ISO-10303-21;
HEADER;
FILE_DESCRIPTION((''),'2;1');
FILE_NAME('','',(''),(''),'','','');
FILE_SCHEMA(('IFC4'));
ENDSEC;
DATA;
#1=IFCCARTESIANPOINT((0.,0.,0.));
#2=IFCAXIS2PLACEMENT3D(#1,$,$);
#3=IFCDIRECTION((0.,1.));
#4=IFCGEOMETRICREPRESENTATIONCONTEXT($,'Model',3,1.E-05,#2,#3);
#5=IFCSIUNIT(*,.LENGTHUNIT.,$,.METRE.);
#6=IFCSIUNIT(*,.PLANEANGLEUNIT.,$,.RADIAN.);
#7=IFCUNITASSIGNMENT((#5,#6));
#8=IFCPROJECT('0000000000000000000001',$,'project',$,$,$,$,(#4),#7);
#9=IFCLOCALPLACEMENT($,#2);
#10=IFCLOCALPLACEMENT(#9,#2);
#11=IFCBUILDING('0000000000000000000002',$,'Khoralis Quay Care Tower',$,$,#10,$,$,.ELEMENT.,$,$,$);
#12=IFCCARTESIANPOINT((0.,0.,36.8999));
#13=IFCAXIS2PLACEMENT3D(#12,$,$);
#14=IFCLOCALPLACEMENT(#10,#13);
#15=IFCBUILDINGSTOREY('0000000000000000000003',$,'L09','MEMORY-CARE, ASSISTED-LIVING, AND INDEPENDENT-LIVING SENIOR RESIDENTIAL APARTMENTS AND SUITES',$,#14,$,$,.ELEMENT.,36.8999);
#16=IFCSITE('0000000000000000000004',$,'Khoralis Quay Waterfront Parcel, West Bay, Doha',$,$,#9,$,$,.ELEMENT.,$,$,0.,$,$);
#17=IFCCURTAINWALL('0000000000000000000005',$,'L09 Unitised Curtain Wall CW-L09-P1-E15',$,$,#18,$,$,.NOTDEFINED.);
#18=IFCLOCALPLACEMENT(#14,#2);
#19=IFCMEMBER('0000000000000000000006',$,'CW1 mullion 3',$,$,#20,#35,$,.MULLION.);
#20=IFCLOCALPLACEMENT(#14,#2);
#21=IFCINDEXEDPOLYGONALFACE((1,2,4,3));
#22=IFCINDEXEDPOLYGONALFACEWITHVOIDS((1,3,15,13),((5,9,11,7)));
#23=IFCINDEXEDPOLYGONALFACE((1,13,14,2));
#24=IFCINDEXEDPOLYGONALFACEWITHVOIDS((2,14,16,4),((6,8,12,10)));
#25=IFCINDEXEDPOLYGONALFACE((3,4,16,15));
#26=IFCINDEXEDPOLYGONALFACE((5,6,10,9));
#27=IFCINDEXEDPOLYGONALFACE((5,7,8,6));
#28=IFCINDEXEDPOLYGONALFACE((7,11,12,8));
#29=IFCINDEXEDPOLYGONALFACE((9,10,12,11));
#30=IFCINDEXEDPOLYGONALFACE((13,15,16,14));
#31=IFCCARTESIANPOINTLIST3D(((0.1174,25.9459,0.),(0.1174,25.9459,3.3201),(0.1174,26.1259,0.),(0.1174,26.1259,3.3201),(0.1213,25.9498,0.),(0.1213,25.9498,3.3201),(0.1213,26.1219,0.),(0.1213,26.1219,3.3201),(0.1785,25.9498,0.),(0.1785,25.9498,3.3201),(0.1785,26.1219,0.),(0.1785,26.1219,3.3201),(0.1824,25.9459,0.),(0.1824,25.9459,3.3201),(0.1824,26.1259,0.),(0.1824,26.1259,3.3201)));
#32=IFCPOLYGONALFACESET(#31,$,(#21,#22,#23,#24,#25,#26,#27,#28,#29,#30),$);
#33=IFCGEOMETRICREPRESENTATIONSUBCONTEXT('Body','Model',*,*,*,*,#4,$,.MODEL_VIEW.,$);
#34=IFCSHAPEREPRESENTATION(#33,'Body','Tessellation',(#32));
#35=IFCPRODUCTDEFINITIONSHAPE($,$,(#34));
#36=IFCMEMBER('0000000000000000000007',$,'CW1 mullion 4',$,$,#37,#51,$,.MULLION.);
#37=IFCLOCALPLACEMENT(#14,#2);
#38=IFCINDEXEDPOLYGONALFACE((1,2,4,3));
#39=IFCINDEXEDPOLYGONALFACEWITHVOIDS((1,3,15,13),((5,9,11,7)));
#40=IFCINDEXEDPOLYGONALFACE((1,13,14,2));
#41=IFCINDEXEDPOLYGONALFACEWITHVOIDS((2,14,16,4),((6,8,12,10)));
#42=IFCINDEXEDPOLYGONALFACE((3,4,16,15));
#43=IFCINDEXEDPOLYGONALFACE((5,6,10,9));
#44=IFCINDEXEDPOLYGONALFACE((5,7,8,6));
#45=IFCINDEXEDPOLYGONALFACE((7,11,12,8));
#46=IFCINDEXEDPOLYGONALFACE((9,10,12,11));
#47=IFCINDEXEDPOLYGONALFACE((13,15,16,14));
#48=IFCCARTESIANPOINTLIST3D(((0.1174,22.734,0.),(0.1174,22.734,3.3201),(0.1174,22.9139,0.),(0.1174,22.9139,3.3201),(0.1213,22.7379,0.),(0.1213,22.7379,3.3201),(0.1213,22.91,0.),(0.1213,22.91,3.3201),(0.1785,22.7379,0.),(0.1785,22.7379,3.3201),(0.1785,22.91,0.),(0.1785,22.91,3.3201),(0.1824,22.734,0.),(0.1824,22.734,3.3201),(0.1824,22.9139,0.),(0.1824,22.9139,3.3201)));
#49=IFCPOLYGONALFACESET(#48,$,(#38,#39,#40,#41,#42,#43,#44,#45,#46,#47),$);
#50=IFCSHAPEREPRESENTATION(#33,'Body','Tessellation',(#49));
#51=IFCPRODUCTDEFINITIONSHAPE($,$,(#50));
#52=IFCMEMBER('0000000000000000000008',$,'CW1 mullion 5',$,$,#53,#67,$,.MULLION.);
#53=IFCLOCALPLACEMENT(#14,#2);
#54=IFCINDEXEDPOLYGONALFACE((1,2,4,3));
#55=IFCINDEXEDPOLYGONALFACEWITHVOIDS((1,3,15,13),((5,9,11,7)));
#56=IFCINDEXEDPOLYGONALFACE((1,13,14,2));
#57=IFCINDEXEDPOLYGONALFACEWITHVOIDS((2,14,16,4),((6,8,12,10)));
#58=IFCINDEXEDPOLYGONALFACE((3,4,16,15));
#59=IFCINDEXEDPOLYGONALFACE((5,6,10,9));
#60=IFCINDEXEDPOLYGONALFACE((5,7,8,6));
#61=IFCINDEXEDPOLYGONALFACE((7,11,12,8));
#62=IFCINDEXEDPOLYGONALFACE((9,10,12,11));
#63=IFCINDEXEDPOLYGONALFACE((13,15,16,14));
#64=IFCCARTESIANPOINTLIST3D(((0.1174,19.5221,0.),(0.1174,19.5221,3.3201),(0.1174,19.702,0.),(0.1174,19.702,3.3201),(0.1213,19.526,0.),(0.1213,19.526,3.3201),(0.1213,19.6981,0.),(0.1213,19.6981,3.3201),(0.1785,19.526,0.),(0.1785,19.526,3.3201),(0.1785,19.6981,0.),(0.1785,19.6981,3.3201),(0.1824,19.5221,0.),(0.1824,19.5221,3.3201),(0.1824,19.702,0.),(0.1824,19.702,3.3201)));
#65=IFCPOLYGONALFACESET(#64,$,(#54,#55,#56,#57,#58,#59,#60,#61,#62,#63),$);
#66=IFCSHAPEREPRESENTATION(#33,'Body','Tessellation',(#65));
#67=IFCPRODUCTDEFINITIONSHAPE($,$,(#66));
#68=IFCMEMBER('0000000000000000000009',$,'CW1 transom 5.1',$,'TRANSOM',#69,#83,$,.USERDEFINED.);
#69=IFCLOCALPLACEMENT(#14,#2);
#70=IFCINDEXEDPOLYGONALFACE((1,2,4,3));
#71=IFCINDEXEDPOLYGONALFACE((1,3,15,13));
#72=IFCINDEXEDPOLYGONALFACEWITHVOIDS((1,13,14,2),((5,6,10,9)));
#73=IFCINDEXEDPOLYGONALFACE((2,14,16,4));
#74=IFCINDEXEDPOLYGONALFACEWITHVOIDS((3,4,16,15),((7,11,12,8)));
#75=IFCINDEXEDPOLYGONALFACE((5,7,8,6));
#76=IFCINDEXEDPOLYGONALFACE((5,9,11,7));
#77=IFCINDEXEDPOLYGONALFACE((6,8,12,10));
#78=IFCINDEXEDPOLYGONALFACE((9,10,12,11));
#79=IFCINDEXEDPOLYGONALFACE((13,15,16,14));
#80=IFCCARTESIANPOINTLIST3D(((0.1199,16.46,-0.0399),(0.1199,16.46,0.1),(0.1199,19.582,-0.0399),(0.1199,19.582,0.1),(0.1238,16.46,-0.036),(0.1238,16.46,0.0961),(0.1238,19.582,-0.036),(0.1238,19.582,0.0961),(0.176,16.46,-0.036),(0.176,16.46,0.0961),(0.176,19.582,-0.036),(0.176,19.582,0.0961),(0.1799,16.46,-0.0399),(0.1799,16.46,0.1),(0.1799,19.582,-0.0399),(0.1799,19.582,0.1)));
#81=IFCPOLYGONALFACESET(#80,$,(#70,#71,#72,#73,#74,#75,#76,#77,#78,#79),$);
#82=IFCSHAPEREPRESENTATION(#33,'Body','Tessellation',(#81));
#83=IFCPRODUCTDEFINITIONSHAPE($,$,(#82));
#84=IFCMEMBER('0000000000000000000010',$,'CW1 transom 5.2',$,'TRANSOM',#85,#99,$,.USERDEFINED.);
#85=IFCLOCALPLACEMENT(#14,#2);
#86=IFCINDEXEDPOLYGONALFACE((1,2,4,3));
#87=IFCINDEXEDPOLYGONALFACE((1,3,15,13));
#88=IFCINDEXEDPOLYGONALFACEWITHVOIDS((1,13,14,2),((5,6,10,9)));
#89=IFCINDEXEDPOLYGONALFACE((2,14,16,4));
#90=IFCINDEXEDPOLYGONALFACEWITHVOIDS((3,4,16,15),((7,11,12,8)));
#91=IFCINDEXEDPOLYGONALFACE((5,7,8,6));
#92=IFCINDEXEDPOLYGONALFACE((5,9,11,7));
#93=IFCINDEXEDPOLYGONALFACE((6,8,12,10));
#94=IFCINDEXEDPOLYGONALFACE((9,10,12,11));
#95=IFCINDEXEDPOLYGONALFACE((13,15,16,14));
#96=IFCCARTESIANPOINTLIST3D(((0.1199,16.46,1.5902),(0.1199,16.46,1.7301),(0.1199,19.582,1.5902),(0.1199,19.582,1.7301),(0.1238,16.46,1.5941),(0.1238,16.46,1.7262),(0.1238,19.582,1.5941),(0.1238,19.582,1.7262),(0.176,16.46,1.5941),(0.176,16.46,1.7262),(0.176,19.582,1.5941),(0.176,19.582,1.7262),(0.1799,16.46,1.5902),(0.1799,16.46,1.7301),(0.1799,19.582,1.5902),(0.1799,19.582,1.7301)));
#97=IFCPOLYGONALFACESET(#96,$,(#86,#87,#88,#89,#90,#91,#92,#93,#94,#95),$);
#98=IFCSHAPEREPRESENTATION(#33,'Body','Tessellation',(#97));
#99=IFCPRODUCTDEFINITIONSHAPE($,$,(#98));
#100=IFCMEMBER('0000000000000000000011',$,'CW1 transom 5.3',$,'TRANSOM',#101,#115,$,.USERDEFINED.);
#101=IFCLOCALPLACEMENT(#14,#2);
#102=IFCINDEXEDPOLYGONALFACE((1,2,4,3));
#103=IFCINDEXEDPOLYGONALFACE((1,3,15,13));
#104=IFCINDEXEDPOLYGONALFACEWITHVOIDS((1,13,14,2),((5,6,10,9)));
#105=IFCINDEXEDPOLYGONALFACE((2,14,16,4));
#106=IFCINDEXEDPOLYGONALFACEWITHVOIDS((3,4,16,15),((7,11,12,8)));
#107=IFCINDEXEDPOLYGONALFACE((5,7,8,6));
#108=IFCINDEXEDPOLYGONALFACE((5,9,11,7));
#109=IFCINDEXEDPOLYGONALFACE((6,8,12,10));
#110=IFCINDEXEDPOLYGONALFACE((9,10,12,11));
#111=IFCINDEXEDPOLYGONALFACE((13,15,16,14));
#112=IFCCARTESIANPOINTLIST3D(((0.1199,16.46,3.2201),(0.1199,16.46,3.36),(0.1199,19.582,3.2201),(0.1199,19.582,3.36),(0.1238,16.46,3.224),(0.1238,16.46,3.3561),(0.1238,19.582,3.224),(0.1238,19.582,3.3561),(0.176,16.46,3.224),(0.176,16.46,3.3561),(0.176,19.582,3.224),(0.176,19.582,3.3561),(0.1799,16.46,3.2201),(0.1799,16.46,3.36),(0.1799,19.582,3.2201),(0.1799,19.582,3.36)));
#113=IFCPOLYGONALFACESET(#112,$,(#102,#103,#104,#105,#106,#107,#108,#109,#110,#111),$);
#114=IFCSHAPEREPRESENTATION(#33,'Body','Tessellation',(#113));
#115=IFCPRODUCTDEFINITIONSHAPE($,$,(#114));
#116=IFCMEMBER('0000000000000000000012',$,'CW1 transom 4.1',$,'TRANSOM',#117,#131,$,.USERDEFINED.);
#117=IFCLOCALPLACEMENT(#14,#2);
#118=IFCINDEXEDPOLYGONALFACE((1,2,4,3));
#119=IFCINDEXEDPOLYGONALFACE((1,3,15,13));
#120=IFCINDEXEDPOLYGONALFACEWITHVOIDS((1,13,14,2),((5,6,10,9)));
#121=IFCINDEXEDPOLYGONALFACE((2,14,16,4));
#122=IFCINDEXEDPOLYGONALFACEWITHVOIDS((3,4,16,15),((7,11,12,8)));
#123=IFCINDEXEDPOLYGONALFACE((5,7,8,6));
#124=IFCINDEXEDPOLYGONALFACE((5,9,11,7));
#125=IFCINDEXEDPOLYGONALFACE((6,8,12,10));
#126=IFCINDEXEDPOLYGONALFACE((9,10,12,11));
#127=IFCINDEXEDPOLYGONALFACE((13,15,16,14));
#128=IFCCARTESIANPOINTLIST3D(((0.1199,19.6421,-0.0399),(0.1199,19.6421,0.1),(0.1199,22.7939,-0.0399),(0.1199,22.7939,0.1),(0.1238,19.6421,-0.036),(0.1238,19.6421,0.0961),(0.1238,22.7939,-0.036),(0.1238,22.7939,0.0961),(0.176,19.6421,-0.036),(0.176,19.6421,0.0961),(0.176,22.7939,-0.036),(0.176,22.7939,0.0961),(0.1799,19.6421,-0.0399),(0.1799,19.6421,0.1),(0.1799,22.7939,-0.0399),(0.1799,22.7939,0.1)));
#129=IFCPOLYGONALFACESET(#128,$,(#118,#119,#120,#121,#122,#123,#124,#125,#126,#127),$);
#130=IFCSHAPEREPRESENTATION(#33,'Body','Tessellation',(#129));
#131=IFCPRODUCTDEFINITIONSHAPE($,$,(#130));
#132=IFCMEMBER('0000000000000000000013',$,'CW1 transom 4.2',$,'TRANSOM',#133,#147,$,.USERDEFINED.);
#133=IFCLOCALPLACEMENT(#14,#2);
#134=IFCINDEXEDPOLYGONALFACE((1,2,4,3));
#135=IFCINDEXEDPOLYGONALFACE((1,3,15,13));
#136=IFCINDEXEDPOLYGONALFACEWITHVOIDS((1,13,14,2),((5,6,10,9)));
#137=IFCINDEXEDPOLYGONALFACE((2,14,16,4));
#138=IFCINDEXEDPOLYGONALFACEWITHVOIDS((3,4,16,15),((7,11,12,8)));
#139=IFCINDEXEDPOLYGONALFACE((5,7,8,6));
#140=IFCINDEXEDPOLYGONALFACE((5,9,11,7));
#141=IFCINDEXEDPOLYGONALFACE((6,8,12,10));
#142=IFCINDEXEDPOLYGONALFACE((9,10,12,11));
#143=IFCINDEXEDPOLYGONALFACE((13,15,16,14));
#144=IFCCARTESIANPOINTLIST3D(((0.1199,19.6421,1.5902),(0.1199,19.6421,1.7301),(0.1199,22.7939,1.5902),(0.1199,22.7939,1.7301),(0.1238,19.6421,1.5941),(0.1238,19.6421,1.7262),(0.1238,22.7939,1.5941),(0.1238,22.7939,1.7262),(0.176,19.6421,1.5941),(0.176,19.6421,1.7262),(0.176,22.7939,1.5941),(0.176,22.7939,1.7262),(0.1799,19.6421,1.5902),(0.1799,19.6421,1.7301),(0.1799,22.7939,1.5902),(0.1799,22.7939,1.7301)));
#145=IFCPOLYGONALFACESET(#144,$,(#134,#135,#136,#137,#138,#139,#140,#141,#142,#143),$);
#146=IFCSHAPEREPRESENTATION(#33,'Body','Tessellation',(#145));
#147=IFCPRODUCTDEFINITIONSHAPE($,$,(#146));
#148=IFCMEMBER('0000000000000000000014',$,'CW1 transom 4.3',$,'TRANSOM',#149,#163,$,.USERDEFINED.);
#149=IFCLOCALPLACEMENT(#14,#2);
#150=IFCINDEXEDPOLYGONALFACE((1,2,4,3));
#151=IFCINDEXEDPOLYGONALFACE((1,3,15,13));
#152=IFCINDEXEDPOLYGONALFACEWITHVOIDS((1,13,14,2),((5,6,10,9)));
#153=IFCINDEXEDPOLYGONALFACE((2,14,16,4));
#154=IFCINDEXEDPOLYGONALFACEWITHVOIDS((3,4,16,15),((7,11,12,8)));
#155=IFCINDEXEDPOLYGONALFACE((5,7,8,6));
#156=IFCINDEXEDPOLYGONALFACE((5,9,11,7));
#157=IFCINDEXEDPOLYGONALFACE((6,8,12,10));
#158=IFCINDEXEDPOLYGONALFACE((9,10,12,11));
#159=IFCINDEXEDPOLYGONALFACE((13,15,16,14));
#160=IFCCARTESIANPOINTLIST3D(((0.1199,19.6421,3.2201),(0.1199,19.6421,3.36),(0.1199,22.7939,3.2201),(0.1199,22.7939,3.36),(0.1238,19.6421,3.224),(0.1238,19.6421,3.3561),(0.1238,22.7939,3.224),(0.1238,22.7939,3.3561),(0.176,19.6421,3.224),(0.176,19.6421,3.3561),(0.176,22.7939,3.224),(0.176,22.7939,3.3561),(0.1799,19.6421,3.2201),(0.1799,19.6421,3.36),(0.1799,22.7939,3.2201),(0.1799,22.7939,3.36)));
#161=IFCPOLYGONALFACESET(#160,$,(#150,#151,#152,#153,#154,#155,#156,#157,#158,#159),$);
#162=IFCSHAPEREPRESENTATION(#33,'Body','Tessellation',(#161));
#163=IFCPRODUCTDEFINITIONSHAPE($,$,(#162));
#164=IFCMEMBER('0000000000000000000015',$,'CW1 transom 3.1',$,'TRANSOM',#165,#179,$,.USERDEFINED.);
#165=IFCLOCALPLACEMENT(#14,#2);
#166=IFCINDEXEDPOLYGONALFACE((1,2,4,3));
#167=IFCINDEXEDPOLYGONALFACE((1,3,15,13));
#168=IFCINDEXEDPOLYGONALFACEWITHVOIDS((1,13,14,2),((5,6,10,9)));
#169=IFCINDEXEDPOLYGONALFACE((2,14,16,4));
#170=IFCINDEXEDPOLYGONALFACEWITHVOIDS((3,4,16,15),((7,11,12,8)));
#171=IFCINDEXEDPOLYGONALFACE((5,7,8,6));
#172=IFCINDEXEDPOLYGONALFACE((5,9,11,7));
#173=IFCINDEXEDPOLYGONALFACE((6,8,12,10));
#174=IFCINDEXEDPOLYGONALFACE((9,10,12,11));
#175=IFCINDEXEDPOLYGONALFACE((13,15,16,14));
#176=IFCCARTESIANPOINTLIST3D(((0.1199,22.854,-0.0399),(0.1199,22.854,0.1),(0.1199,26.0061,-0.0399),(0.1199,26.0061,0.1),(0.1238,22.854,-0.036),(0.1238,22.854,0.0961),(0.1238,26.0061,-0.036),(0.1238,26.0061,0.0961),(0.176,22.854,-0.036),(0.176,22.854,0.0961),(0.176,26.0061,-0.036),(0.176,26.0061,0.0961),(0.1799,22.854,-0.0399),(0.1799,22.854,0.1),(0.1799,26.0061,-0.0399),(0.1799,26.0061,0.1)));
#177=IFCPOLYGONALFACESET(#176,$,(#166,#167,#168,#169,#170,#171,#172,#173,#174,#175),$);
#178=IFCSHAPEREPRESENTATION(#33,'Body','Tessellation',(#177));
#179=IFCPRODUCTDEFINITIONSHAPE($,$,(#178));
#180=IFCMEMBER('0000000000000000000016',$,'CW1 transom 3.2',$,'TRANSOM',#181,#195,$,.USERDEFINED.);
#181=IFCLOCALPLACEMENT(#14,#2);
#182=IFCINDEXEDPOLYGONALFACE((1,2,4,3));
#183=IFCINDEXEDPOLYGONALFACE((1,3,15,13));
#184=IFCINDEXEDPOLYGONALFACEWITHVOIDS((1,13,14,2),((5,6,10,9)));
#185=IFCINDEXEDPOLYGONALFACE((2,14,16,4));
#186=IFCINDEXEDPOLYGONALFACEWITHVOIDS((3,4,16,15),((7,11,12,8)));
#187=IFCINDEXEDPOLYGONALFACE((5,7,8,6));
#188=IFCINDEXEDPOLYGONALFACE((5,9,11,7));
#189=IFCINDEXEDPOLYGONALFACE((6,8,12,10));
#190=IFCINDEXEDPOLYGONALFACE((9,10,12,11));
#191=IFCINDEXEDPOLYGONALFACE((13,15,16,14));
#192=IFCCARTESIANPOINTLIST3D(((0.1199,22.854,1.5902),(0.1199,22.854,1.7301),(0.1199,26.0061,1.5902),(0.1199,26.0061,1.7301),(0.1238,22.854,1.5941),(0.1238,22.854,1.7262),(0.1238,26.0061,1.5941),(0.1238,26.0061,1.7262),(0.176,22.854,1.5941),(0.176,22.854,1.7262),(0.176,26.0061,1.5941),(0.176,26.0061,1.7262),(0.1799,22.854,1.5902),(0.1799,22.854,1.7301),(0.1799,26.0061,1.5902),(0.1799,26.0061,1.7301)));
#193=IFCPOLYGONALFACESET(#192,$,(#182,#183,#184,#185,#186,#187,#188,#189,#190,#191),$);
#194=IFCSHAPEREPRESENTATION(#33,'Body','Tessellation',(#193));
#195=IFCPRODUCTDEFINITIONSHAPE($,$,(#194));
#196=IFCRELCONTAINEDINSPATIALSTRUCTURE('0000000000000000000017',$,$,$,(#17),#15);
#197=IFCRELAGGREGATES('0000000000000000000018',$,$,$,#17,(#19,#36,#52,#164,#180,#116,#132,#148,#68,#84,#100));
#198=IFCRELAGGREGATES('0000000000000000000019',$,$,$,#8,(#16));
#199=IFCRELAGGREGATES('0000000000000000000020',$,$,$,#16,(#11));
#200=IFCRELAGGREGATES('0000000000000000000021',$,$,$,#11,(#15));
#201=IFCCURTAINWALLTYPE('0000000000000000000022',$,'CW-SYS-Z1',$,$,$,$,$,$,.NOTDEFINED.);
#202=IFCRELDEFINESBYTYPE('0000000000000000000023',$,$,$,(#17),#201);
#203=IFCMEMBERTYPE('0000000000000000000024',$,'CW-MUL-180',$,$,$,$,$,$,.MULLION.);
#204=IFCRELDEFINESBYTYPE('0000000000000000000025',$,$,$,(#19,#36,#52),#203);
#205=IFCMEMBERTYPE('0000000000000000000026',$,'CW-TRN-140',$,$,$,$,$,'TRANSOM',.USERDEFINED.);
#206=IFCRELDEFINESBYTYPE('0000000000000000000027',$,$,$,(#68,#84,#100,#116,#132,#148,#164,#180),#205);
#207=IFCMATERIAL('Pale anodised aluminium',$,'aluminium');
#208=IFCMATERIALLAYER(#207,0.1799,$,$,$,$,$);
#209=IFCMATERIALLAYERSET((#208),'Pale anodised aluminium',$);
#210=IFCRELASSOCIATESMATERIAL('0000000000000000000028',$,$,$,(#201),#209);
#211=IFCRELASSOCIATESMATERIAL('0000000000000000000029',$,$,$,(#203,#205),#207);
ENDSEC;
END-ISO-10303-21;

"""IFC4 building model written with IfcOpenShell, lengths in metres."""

from ifc_helpers import new_model, si_unit, direction, frame, origin, origin_2d, place, context, subcontext, project, spatial, hollow_rectangle, extrude, source, transform, mapped, material, layer, layer_set, material_profile, profile_set, type_object, element, aggregate, save


model = new_model("IFC4")

# Units and contexts
model_context = context("Model", 3, precision=1e-05, world=origin(), true_north=direction((0.0, 1.0)))
body_context = subcontext(model_context, "Body", "Model", "MODEL_VIEW")
ifc_project = project(units=[si_unit("LENGTHUNIT", "METRE"), si_unit("PLANEANGLEUNIT", "RADIAN")], contexts=[model_context])

# Site, building, storey
site_placement = place(None, origin())
site = spatial("IfcSite", under=ifc_project, at=site_placement, Name="Khoralis Quay Waterfront Parcel, West Bay, Doha", CompositionType="ELEMENT", RefElevation=0.0)
building_placement = place(site_placement, origin())
building = spatial("IfcBuilding", under=site, at=building_placement, Name="Khoralis Quay Care Tower", CompositionType="ELEMENT")
storey_placement = place(building_placement, frame((0.0, 0.0, 36.8999)))
storey = spatial("IfcBuildingStorey", under=building, at=storey_placement, Name="L09", Description="MEMORY-CARE, ASSISTED-LIVING, AND INDEPENDENT-LIVING SENIOR RESIDENTIAL APARTMENTS AND SUITES", CompositionType="ELEMENT", Elevation=36.8999)

# Curtain wall, members
ifc_material_1 = material(Name="Pale anodised aluminium", Category="aluminium")
ifc_layer_1 = layer(ifc_material_1, 0.1799)
ifc_layer_set_1 = layer_set([ifc_layer_1], Name="Pale anodised aluminium")
curtain_wall_type = type_object("IfcCurtainWallType", Name="CW-SYS-Z1", PredefinedType="NOTDEFINED", material=ifc_layer_set_1)
curtain_wall_placement = place(storey_placement, origin())
curtain_wall = element("IfcCurtainWall", 1, at=curtain_wall_placement, inside=storey, type_object=curtain_wall_type, Name="L09 Unitised Curtain Wall CW-L09-P1-E15", PredefinedType="NOTDEFINED")
ifc_material_profile_1 = material_profile(ifc_material_1, hollow_rectangle(XDim=0.0649, YDim=0.1799, WallThickness=0.0039, at=origin_2d()), Name="Pale anodised aluminium")
ifc_profile_set_1 = profile_set([ifc_material_profile_1], Name="Pale anodised aluminium")
member_type_1 = type_object("IfcMemberType", Name="CW-MUL-180", PredefinedType="MULLION", material=ifc_profile_set_1)
shared_shape_1 = source(origin(), body_context, "Body", "SweptSolid", [
    extrude(hollow_rectangle(XDim=0.0649, YDim=0.1799, WallThickness=0.0039, at=origin_2d()), origin(), (0.0, 0.0, 1.0), 3.3201),
])
member_1_placement = place(storey_placement, frame((0.1499, 26.0359, 0.0), z_axis=(0.0, 0.0, 1.0), x_axis=(1.0, 0.0, 0.0)))
member_1 = element("IfcMember", 2, at=member_1_placement, type_object=member_type_1, Name="CW1 mullion 3", PredefinedType="MULLION", context=body_context, shape_type="MappedRepresentation", body=[
    mapped(shared_shape_1, transform((0.0, 0.0, 0.0), scale=1.0)),
])
member_2_placement = place(storey_placement, frame((0.1499, 22.824, 0.0), z_axis=(0.0, 0.0, 1.0), x_axis=(1.0, 0.0, 0.0)))
member_2 = element("IfcMember", 3, at=member_2_placement, type_object=member_type_1, Name="CW1 mullion 4", PredefinedType="MULLION", context=body_context, shape_type="MappedRepresentation", body=[
    mapped(shared_shape_1, transform((0.0, 0.0, 0.0), scale=1.0)),
])
member_3_placement = place(storey_placement, frame((0.1499, 19.6121, 0.0), z_axis=(0.0, 0.0, 1.0), x_axis=(1.0, 0.0, 0.0)))
member_3 = element("IfcMember", 4, at=member_3_placement, type_object=member_type_1, Name="CW1 mullion 5", PredefinedType="MULLION", context=body_context, shape_type="MappedRepresentation", body=[
    mapped(shared_shape_1, transform((0.0, 0.0, 0.0), scale=1.0)),
])
ifc_material_profile_2 = material_profile(ifc_material_1, hollow_rectangle(XDim=0.0601, YDim=0.1399, WallThickness=0.0039, at=origin_2d()), Name="Pale anodised aluminium")
ifc_profile_set_2 = profile_set([ifc_material_profile_2], Name="Pale anodised aluminium")
member_type_2 = type_object("IfcMemberType", Name="CW-TRN-140", ElementType="TRANSOM", PredefinedType="USERDEFINED", material=ifc_profile_set_2)
shared_shape_2 = source(origin(), body_context, "Body", "SweptSolid", [
    extrude(hollow_rectangle(XDim=0.0601, YDim=0.1399, WallThickness=0.0039, at=origin_2d()), origin(), (0.0, 0.0, 1.0), 3.1221),
])
member_4_placement = place(storey_placement, frame((0.1499, 19.582, 0.03), z_axis=(0.0, -1.0, 0.0), x_axis=(1.0, 0.0, 0.0)))
member_4 = element("IfcMember", 5, at=member_4_placement, type_object=member_type_2, Name="CW1 transom 5.1", ObjectType="TRANSOM", PredefinedType="USERDEFINED", context=body_context, shape_type="MappedRepresentation", body=[
    mapped(shared_shape_2, transform((0.0, 0.0, 0.0), scale=1.0)),
])
member_5_placement = place(storey_placement, frame((0.1499, 19.582, 1.6602), z_axis=(0.0, -1.0, 0.0), x_axis=(1.0, 0.0, 0.0)))
member_5 = element("IfcMember", 6, at=member_5_placement, type_object=member_type_2, Name="CW1 transom 5.2", ObjectType="TRANSOM", PredefinedType="USERDEFINED", context=body_context, shape_type="MappedRepresentation", body=[
    mapped(shared_shape_2, transform((0.0, 0.0, 0.0), scale=1.0)),
])
member_6_placement = place(storey_placement, frame((0.1499, 19.582, 3.29), z_axis=(0.0, -1.0, 0.0), x_axis=(1.0, 0.0, 0.0)))
member_6 = element("IfcMember", 7, at=member_6_placement, type_object=member_type_2, Name="CW1 transom 5.3", ObjectType="TRANSOM", PredefinedType="USERDEFINED", context=body_context, shape_type="MappedRepresentation", body=[
    mapped(shared_shape_2, transform((0.0, 0.0, 0.0), scale=1.0)),
])
shared_shape_3 = source(origin(), body_context, "Body", "SweptSolid", [
    extrude(hollow_rectangle(XDim=0.0601, YDim=0.1399, WallThickness=0.0039, at=origin_2d()), origin(), (0.0, 0.0, 1.0), 3.1519),
])
member_7_placement = place(storey_placement, frame((0.1499, 22.7939, 0.03), z_axis=(0.0, -1.0, 0.0), x_axis=(1.0, 0.0, 0.0)))
member_7 = element("IfcMember", 8, at=member_7_placement, type_object=member_type_2, Name="CW1 transom 4.1", ObjectType="TRANSOM", PredefinedType="USERDEFINED", context=body_context, shape_type="MappedRepresentation", body=[
    mapped(shared_shape_3, transform((0.0, 0.0, 0.0), scale=1.0)),
])
member_8_placement = place(storey_placement, frame((0.1499, 22.7939, 1.6602), z_axis=(0.0, -1.0, 0.0), x_axis=(1.0, 0.0, 0.0)))
member_8 = element("IfcMember", 9, at=member_8_placement, type_object=member_type_2, Name="CW1 transom 4.2", ObjectType="TRANSOM", PredefinedType="USERDEFINED", context=body_context, shape_type="MappedRepresentation", body=[
    mapped(shared_shape_3, transform((0.0, 0.0, 0.0), scale=1.0)),
])
member_9_placement = place(storey_placement, frame((0.1499, 22.7939, 3.29), z_axis=(0.0, -1.0, 0.0), x_axis=(1.0, 0.0, 0.0)))
member_9 = element("IfcMember", 10, at=member_9_placement, type_object=member_type_2, Name="CW1 transom 4.3", ObjectType="TRANSOM", PredefinedType="USERDEFINED", context=body_context, shape_type="MappedRepresentation", body=[
    mapped(shared_shape_3, transform((0.0, 0.0, 0.0), scale=1.0)),
])
shared_shape_4 = source(origin(), body_context, "Body", "SweptSolid", [
    extrude(hollow_rectangle(XDim=0.0601, YDim=0.1399, WallThickness=0.0039, at=origin_2d()), origin(), (0.0, 0.0, 1.0), 3.1521),
])
member_10_placement = place(storey_placement, frame((0.1499, 26.0061, 0.03), z_axis=(0.0, -1.0, 0.0), x_axis=(1.0, 0.0, 0.0)))
member_10 = element("IfcMember", 11, at=member_10_placement, type_object=member_type_2, Name="CW1 transom 3.1", ObjectType="TRANSOM", PredefinedType="USERDEFINED", context=body_context, shape_type="MappedRepresentation", body=[
    mapped(shared_shape_4, transform((0.0, 0.0, 0.0), scale=1.0)),
])
member_11_placement = place(storey_placement, frame((0.1499, 26.0061, 1.6602), z_axis=(0.0, -1.0, 0.0), x_axis=(1.0, 0.0, 0.0)))
member_11 = element("IfcMember", 12, at=member_11_placement, type_object=member_type_2, Name="CW1 transom 3.2", ObjectType="TRANSOM", PredefinedType="USERDEFINED", context=body_context, shape_type="MappedRepresentation", body=[
    mapped(shared_shape_4, transform((0.0, 0.0, 0.0), scale=1.0)),
])
aggregate(curtain_wall, [member_1, member_2, member_3, member_10, member_11, member_7, member_8, member_9, member_4, member_5, member_6])

save(model, "model.ifc")
